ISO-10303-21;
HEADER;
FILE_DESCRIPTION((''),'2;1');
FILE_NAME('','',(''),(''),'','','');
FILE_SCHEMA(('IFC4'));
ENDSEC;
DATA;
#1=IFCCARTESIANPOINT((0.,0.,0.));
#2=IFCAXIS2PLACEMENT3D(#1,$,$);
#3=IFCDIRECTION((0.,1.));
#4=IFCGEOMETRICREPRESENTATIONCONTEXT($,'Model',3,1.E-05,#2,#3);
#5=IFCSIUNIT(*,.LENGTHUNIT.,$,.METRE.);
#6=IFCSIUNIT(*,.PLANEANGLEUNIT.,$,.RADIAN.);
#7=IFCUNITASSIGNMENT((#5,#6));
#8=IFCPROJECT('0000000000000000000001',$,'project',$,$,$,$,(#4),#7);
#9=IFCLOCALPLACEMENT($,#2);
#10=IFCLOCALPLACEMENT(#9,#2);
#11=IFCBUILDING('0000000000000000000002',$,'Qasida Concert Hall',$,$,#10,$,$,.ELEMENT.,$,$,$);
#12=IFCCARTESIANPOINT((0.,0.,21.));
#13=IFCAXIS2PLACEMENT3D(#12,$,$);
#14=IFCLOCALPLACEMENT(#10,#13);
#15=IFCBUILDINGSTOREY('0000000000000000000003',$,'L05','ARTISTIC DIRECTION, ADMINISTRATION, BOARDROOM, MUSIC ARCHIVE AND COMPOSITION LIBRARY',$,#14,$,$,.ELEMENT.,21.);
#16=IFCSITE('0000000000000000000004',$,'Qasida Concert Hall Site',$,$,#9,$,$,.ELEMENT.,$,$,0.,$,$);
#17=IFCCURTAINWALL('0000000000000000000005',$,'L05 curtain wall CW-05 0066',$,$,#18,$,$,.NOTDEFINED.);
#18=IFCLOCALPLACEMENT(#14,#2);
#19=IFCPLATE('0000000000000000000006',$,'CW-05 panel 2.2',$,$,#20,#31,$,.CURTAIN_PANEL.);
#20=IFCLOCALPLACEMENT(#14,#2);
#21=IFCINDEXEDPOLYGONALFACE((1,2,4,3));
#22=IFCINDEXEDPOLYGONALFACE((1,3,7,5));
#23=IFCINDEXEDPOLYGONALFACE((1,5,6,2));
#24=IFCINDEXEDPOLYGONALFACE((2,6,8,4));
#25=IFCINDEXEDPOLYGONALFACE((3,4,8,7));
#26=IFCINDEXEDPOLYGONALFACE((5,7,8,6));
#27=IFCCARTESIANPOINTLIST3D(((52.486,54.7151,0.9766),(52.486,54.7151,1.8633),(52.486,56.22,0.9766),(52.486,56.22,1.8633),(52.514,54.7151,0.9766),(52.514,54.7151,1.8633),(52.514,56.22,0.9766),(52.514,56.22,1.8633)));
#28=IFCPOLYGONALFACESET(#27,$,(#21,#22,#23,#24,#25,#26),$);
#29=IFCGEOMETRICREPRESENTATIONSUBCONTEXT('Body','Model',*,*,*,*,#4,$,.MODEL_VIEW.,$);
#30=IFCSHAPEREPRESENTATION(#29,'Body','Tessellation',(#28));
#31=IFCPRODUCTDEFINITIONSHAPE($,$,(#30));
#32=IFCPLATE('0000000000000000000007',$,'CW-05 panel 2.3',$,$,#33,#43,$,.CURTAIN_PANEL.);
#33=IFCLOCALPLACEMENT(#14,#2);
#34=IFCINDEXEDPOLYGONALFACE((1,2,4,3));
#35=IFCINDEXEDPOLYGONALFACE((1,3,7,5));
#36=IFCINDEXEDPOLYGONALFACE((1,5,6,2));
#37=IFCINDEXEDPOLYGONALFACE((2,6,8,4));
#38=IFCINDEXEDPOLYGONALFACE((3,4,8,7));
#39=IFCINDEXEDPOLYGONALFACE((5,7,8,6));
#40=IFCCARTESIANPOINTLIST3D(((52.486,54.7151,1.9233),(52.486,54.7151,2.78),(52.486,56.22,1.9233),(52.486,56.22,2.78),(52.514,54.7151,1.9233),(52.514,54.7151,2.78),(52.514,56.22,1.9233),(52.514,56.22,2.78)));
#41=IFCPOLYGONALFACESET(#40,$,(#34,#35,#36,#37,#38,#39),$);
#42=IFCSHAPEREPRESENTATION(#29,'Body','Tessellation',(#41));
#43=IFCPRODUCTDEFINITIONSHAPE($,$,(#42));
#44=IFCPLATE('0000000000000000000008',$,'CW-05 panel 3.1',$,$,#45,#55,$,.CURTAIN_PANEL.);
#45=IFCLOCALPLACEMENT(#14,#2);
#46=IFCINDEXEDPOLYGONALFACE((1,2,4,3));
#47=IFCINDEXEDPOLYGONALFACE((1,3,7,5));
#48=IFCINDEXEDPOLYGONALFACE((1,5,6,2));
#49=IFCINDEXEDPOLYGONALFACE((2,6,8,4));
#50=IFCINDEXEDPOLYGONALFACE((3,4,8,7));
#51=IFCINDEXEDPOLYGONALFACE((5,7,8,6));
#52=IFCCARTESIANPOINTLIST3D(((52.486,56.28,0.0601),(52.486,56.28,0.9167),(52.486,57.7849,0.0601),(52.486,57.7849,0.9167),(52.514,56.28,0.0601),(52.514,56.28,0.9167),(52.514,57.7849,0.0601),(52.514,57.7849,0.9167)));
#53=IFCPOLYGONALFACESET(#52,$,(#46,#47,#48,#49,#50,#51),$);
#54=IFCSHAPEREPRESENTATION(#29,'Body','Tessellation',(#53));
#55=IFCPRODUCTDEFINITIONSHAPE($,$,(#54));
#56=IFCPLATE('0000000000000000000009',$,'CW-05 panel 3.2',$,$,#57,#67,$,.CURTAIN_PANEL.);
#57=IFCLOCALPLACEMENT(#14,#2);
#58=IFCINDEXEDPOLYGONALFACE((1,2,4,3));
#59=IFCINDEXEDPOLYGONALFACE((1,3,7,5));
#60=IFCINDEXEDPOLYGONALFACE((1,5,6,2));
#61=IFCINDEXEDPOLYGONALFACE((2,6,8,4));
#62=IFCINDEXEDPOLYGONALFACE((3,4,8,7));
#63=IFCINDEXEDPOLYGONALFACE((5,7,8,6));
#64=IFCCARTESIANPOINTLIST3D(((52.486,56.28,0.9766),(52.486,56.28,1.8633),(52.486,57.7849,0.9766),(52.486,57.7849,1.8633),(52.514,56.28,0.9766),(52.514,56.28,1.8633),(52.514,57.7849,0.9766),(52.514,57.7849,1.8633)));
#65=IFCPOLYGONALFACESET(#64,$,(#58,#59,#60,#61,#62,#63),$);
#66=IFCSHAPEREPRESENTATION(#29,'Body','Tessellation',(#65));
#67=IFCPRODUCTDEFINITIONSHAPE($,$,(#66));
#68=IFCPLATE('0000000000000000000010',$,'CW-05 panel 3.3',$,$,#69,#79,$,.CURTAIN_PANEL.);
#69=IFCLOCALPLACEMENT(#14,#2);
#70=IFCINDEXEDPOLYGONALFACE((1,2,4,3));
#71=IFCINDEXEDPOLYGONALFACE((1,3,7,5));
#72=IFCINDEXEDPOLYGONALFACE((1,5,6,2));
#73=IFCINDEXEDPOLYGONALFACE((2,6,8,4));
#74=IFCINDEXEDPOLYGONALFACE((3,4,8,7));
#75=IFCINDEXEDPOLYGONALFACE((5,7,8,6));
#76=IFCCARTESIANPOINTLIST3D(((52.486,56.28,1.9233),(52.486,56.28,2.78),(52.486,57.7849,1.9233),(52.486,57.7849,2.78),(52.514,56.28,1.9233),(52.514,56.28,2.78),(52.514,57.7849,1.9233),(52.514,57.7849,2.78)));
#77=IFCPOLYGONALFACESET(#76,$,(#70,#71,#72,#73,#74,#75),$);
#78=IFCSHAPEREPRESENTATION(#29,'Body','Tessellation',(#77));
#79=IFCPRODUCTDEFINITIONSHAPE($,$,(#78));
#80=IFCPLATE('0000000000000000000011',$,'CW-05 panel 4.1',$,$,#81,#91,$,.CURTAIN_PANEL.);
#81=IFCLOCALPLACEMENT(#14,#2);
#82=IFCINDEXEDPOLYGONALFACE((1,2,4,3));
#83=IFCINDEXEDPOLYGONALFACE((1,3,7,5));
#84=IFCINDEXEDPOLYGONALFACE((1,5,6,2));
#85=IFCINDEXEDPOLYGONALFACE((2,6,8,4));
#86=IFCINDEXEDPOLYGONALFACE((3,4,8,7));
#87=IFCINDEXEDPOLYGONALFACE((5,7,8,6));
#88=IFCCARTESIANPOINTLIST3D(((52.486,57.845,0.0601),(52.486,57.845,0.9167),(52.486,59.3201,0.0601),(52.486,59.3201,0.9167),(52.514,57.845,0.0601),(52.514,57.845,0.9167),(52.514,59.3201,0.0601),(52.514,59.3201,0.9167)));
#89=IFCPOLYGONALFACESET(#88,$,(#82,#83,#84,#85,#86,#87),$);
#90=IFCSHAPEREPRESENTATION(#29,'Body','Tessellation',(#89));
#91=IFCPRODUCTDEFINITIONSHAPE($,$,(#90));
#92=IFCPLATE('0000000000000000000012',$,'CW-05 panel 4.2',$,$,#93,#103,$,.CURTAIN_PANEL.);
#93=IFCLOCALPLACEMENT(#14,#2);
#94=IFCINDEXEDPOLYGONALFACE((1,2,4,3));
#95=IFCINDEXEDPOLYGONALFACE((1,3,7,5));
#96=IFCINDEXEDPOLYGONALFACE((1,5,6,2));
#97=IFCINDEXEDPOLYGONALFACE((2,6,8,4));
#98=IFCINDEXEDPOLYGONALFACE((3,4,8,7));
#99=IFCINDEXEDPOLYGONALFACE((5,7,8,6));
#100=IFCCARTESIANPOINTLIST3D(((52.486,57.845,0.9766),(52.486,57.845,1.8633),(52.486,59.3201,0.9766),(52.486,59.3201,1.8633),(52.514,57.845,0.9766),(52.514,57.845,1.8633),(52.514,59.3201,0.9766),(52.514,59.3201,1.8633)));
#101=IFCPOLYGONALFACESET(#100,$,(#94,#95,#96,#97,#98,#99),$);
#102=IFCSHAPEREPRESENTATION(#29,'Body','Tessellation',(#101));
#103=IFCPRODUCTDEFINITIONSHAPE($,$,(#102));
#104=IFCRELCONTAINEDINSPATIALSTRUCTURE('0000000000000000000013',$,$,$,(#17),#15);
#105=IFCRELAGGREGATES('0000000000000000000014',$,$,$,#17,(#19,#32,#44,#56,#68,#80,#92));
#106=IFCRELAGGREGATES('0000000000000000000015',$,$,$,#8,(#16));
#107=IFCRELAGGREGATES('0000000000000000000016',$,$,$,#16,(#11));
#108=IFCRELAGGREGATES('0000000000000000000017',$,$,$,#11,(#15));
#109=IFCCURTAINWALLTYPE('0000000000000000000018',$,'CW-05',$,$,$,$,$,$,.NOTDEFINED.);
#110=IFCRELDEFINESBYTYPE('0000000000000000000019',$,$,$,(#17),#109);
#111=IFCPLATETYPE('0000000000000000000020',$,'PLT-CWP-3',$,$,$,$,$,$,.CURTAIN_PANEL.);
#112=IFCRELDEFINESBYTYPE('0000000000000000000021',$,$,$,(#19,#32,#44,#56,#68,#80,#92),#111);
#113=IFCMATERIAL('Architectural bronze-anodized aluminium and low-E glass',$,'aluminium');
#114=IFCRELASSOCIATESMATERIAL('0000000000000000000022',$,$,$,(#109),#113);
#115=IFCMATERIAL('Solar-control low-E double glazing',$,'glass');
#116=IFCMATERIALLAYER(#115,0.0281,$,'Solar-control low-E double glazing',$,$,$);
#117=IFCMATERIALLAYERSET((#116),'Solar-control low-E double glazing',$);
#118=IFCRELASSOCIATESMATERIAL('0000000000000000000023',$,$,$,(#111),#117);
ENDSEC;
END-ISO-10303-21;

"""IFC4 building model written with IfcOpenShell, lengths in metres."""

from ifc_helpers import new_model, si_unit, direction, frame, origin, origin_2d, place, context, subcontext, project, spatial, rectangle, extrude, material, layer, layer_set, type_object, element, aggregate, save


model = new_model("IFC4")

# Units and contexts
model_context = context("Model", 3, precision=1e-05, world=origin(), true_north=direction((0.0, 1.0)))
body_context = subcontext(model_context, "Body", "Model", "MODEL_VIEW")
ifc_project = project(units=[si_unit("LENGTHUNIT", "METRE"), si_unit("PLANEANGLEUNIT", "RADIAN")], contexts=[model_context])

# Site, building, storey
site_placement = place(None, origin())
site = spatial("IfcSite", under=ifc_project, at=site_placement, Name="Qasida Concert Hall Site", CompositionType="ELEMENT", RefElevation=0.0)
building_placement = place(site_placement, origin())
building = spatial("IfcBuilding", under=site, at=building_placement, Name="Qasida Concert Hall", CompositionType="ELEMENT")
storey_placement = place(building_placement, frame((0.0, 0.0, 21.0)))
storey = spatial("IfcBuildingStorey", under=building, at=storey_placement, Name="L05", Description="ARTISTIC DIRECTION, ADMINISTRATION, BOARDROOM, MUSIC ARCHIVE AND COMPOSITION LIBRARY", CompositionType="ELEMENT", Elevation=21.0)

# Curtain wall, plates
ifc_material_1 = material(Name="Architectural bronze-anodized aluminium and low-E glass", Category="aluminium")
curtain_wall_type = type_object("IfcCurtainWallType", Name="CW-05", PredefinedType="NOTDEFINED", material=ifc_material_1)
curtain_wall_placement = place(storey_placement, origin())
curtain_wall = element("IfcCurtainWall", 1, at=curtain_wall_placement, inside=storey, type_object=curtain_wall_type, Name="L05 curtain wall CW-05 0066", PredefinedType="NOTDEFINED")
ifc_material_2 = material(Name="Solar-control low-E double glazing", Category="glass")
ifc_layer = layer(ifc_material_2, 0.0281, Name="Solar-control low-E double glazing")
ifc_layer_set = layer_set([ifc_layer], Name="Solar-control low-E double glazing")
plate_type = type_object("IfcPlateType", Name="PLT-CWP-3", PredefinedType="CURTAIN_PANEL", material=ifc_layer_set)
plate_1_placement = place(storey_placement, frame((52.5, 55.4675, 0.9766), z_axis=(0.0, 0.0, 1.0), x_axis=(0.0, 1.0, 0.0)))
plate_1 = element("IfcPlate", 2, at=plate_1_placement, type_object=plate_type, Name="CW-05 panel 2.2", PredefinedType="CURTAIN_PANEL", context=body_context, shape_type="SweptSolid", body=[
    extrude(rectangle(XDim=1.5049, YDim=0.0281, at=origin_2d()), origin(), (0.0, 0.0, 1.0), 0.8867),
])
plate_2_placement = place(storey_placement, frame((52.5, 55.4675, 1.9233), z_axis=(0.0, 0.0, 1.0), x_axis=(0.0, 1.0, 0.0)))
plate_2 = element("IfcPlate", 3, at=plate_2_placement, type_object=plate_type, Name="CW-05 panel 2.3", PredefinedType="CURTAIN_PANEL", context=body_context, shape_type="SweptSolid", body=[
    extrude(rectangle(XDim=1.5049, YDim=0.0281, at=origin_2d()), origin(), (0.0, 0.0, 1.0), 0.8567),
])
plate_3_placement = place(storey_placement, frame((52.5, 57.0325, 0.0601), z_axis=(0.0, 0.0, 1.0), x_axis=(0.0, 1.0, 0.0)))
plate_3 = element("IfcPlate", 4, at=plate_3_placement, type_object=plate_type, Name="CW-05 panel 3.1", PredefinedType="CURTAIN_PANEL", context=body_context, shape_type="SweptSolid", body=[
    extrude(rectangle(XDim=1.5049, YDim=0.0281, at=origin_2d()), origin(), (0.0, 0.0, 1.0), 0.8567),
])
plate_4_placement = place(storey_placement, frame((52.5, 57.0325, 0.9766), z_axis=(0.0, 0.0, 1.0), x_axis=(0.0, 1.0, 0.0)))
plate_4 = element("IfcPlate", 5, at=plate_4_placement, type_object=plate_type, Name="CW-05 panel 3.2", PredefinedType="CURTAIN_PANEL", context=body_context, shape_type="SweptSolid", body=[
    extrude(rectangle(XDim=1.5049, YDim=0.0281, at=origin_2d()), origin(), (0.0, 0.0, 1.0), 0.8867),
])
plate_5_placement = place(storey_placement, frame((52.5, 57.0325, 1.9233), z_axis=(0.0, 0.0, 1.0), x_axis=(0.0, 1.0, 0.0)))
plate_5 = element("IfcPlate", 6, at=plate_5_placement, type_object=plate_type, Name="CW-05 panel 3.3", PredefinedType="CURTAIN_PANEL", context=body_context, shape_type="SweptSolid", body=[
    extrude(rectangle(XDim=1.5049, YDim=0.0281, at=origin_2d()), origin(), (0.0, 0.0, 1.0), 0.8567),
])
plate_6_placement = place(storey_placement, frame((52.5, 58.5825, 0.0601), z_axis=(0.0, 0.0, 1.0), x_axis=(0.0, 1.0, 0.0)))
plate_6 = element("IfcPlate", 7, at=plate_6_placement, type_object=plate_type, Name="CW-05 panel 4.1", PredefinedType="CURTAIN_PANEL", context=body_context, shape_type="SweptSolid", body=[
    extrude(rectangle(XDim=1.4751, YDim=0.0281, at=origin_2d()), origin(), (0.0, 0.0, 1.0), 0.8567),
])
plate_7_placement = place(storey_placement, frame((52.5, 58.5825, 0.9766), z_axis=(0.0, 0.0, 1.0), x_axis=(0.0, 1.0, 0.0)))
plate_7 = element("IfcPlate", 8, at=plate_7_placement, type_object=plate_type, Name="CW-05 panel 4.2", PredefinedType="CURTAIN_PANEL", context=body_context, shape_type="SweptSolid", body=[
    extrude(rectangle(XDim=1.4751, YDim=0.0281, at=origin_2d()), origin(), (0.0, 0.0, 1.0), 0.8867),
])
aggregate(curtain_wall, [plate_1, plate_2, plate_3, plate_4, plate_5, plate_6, plate_7])

save(model, "model.ifc")
